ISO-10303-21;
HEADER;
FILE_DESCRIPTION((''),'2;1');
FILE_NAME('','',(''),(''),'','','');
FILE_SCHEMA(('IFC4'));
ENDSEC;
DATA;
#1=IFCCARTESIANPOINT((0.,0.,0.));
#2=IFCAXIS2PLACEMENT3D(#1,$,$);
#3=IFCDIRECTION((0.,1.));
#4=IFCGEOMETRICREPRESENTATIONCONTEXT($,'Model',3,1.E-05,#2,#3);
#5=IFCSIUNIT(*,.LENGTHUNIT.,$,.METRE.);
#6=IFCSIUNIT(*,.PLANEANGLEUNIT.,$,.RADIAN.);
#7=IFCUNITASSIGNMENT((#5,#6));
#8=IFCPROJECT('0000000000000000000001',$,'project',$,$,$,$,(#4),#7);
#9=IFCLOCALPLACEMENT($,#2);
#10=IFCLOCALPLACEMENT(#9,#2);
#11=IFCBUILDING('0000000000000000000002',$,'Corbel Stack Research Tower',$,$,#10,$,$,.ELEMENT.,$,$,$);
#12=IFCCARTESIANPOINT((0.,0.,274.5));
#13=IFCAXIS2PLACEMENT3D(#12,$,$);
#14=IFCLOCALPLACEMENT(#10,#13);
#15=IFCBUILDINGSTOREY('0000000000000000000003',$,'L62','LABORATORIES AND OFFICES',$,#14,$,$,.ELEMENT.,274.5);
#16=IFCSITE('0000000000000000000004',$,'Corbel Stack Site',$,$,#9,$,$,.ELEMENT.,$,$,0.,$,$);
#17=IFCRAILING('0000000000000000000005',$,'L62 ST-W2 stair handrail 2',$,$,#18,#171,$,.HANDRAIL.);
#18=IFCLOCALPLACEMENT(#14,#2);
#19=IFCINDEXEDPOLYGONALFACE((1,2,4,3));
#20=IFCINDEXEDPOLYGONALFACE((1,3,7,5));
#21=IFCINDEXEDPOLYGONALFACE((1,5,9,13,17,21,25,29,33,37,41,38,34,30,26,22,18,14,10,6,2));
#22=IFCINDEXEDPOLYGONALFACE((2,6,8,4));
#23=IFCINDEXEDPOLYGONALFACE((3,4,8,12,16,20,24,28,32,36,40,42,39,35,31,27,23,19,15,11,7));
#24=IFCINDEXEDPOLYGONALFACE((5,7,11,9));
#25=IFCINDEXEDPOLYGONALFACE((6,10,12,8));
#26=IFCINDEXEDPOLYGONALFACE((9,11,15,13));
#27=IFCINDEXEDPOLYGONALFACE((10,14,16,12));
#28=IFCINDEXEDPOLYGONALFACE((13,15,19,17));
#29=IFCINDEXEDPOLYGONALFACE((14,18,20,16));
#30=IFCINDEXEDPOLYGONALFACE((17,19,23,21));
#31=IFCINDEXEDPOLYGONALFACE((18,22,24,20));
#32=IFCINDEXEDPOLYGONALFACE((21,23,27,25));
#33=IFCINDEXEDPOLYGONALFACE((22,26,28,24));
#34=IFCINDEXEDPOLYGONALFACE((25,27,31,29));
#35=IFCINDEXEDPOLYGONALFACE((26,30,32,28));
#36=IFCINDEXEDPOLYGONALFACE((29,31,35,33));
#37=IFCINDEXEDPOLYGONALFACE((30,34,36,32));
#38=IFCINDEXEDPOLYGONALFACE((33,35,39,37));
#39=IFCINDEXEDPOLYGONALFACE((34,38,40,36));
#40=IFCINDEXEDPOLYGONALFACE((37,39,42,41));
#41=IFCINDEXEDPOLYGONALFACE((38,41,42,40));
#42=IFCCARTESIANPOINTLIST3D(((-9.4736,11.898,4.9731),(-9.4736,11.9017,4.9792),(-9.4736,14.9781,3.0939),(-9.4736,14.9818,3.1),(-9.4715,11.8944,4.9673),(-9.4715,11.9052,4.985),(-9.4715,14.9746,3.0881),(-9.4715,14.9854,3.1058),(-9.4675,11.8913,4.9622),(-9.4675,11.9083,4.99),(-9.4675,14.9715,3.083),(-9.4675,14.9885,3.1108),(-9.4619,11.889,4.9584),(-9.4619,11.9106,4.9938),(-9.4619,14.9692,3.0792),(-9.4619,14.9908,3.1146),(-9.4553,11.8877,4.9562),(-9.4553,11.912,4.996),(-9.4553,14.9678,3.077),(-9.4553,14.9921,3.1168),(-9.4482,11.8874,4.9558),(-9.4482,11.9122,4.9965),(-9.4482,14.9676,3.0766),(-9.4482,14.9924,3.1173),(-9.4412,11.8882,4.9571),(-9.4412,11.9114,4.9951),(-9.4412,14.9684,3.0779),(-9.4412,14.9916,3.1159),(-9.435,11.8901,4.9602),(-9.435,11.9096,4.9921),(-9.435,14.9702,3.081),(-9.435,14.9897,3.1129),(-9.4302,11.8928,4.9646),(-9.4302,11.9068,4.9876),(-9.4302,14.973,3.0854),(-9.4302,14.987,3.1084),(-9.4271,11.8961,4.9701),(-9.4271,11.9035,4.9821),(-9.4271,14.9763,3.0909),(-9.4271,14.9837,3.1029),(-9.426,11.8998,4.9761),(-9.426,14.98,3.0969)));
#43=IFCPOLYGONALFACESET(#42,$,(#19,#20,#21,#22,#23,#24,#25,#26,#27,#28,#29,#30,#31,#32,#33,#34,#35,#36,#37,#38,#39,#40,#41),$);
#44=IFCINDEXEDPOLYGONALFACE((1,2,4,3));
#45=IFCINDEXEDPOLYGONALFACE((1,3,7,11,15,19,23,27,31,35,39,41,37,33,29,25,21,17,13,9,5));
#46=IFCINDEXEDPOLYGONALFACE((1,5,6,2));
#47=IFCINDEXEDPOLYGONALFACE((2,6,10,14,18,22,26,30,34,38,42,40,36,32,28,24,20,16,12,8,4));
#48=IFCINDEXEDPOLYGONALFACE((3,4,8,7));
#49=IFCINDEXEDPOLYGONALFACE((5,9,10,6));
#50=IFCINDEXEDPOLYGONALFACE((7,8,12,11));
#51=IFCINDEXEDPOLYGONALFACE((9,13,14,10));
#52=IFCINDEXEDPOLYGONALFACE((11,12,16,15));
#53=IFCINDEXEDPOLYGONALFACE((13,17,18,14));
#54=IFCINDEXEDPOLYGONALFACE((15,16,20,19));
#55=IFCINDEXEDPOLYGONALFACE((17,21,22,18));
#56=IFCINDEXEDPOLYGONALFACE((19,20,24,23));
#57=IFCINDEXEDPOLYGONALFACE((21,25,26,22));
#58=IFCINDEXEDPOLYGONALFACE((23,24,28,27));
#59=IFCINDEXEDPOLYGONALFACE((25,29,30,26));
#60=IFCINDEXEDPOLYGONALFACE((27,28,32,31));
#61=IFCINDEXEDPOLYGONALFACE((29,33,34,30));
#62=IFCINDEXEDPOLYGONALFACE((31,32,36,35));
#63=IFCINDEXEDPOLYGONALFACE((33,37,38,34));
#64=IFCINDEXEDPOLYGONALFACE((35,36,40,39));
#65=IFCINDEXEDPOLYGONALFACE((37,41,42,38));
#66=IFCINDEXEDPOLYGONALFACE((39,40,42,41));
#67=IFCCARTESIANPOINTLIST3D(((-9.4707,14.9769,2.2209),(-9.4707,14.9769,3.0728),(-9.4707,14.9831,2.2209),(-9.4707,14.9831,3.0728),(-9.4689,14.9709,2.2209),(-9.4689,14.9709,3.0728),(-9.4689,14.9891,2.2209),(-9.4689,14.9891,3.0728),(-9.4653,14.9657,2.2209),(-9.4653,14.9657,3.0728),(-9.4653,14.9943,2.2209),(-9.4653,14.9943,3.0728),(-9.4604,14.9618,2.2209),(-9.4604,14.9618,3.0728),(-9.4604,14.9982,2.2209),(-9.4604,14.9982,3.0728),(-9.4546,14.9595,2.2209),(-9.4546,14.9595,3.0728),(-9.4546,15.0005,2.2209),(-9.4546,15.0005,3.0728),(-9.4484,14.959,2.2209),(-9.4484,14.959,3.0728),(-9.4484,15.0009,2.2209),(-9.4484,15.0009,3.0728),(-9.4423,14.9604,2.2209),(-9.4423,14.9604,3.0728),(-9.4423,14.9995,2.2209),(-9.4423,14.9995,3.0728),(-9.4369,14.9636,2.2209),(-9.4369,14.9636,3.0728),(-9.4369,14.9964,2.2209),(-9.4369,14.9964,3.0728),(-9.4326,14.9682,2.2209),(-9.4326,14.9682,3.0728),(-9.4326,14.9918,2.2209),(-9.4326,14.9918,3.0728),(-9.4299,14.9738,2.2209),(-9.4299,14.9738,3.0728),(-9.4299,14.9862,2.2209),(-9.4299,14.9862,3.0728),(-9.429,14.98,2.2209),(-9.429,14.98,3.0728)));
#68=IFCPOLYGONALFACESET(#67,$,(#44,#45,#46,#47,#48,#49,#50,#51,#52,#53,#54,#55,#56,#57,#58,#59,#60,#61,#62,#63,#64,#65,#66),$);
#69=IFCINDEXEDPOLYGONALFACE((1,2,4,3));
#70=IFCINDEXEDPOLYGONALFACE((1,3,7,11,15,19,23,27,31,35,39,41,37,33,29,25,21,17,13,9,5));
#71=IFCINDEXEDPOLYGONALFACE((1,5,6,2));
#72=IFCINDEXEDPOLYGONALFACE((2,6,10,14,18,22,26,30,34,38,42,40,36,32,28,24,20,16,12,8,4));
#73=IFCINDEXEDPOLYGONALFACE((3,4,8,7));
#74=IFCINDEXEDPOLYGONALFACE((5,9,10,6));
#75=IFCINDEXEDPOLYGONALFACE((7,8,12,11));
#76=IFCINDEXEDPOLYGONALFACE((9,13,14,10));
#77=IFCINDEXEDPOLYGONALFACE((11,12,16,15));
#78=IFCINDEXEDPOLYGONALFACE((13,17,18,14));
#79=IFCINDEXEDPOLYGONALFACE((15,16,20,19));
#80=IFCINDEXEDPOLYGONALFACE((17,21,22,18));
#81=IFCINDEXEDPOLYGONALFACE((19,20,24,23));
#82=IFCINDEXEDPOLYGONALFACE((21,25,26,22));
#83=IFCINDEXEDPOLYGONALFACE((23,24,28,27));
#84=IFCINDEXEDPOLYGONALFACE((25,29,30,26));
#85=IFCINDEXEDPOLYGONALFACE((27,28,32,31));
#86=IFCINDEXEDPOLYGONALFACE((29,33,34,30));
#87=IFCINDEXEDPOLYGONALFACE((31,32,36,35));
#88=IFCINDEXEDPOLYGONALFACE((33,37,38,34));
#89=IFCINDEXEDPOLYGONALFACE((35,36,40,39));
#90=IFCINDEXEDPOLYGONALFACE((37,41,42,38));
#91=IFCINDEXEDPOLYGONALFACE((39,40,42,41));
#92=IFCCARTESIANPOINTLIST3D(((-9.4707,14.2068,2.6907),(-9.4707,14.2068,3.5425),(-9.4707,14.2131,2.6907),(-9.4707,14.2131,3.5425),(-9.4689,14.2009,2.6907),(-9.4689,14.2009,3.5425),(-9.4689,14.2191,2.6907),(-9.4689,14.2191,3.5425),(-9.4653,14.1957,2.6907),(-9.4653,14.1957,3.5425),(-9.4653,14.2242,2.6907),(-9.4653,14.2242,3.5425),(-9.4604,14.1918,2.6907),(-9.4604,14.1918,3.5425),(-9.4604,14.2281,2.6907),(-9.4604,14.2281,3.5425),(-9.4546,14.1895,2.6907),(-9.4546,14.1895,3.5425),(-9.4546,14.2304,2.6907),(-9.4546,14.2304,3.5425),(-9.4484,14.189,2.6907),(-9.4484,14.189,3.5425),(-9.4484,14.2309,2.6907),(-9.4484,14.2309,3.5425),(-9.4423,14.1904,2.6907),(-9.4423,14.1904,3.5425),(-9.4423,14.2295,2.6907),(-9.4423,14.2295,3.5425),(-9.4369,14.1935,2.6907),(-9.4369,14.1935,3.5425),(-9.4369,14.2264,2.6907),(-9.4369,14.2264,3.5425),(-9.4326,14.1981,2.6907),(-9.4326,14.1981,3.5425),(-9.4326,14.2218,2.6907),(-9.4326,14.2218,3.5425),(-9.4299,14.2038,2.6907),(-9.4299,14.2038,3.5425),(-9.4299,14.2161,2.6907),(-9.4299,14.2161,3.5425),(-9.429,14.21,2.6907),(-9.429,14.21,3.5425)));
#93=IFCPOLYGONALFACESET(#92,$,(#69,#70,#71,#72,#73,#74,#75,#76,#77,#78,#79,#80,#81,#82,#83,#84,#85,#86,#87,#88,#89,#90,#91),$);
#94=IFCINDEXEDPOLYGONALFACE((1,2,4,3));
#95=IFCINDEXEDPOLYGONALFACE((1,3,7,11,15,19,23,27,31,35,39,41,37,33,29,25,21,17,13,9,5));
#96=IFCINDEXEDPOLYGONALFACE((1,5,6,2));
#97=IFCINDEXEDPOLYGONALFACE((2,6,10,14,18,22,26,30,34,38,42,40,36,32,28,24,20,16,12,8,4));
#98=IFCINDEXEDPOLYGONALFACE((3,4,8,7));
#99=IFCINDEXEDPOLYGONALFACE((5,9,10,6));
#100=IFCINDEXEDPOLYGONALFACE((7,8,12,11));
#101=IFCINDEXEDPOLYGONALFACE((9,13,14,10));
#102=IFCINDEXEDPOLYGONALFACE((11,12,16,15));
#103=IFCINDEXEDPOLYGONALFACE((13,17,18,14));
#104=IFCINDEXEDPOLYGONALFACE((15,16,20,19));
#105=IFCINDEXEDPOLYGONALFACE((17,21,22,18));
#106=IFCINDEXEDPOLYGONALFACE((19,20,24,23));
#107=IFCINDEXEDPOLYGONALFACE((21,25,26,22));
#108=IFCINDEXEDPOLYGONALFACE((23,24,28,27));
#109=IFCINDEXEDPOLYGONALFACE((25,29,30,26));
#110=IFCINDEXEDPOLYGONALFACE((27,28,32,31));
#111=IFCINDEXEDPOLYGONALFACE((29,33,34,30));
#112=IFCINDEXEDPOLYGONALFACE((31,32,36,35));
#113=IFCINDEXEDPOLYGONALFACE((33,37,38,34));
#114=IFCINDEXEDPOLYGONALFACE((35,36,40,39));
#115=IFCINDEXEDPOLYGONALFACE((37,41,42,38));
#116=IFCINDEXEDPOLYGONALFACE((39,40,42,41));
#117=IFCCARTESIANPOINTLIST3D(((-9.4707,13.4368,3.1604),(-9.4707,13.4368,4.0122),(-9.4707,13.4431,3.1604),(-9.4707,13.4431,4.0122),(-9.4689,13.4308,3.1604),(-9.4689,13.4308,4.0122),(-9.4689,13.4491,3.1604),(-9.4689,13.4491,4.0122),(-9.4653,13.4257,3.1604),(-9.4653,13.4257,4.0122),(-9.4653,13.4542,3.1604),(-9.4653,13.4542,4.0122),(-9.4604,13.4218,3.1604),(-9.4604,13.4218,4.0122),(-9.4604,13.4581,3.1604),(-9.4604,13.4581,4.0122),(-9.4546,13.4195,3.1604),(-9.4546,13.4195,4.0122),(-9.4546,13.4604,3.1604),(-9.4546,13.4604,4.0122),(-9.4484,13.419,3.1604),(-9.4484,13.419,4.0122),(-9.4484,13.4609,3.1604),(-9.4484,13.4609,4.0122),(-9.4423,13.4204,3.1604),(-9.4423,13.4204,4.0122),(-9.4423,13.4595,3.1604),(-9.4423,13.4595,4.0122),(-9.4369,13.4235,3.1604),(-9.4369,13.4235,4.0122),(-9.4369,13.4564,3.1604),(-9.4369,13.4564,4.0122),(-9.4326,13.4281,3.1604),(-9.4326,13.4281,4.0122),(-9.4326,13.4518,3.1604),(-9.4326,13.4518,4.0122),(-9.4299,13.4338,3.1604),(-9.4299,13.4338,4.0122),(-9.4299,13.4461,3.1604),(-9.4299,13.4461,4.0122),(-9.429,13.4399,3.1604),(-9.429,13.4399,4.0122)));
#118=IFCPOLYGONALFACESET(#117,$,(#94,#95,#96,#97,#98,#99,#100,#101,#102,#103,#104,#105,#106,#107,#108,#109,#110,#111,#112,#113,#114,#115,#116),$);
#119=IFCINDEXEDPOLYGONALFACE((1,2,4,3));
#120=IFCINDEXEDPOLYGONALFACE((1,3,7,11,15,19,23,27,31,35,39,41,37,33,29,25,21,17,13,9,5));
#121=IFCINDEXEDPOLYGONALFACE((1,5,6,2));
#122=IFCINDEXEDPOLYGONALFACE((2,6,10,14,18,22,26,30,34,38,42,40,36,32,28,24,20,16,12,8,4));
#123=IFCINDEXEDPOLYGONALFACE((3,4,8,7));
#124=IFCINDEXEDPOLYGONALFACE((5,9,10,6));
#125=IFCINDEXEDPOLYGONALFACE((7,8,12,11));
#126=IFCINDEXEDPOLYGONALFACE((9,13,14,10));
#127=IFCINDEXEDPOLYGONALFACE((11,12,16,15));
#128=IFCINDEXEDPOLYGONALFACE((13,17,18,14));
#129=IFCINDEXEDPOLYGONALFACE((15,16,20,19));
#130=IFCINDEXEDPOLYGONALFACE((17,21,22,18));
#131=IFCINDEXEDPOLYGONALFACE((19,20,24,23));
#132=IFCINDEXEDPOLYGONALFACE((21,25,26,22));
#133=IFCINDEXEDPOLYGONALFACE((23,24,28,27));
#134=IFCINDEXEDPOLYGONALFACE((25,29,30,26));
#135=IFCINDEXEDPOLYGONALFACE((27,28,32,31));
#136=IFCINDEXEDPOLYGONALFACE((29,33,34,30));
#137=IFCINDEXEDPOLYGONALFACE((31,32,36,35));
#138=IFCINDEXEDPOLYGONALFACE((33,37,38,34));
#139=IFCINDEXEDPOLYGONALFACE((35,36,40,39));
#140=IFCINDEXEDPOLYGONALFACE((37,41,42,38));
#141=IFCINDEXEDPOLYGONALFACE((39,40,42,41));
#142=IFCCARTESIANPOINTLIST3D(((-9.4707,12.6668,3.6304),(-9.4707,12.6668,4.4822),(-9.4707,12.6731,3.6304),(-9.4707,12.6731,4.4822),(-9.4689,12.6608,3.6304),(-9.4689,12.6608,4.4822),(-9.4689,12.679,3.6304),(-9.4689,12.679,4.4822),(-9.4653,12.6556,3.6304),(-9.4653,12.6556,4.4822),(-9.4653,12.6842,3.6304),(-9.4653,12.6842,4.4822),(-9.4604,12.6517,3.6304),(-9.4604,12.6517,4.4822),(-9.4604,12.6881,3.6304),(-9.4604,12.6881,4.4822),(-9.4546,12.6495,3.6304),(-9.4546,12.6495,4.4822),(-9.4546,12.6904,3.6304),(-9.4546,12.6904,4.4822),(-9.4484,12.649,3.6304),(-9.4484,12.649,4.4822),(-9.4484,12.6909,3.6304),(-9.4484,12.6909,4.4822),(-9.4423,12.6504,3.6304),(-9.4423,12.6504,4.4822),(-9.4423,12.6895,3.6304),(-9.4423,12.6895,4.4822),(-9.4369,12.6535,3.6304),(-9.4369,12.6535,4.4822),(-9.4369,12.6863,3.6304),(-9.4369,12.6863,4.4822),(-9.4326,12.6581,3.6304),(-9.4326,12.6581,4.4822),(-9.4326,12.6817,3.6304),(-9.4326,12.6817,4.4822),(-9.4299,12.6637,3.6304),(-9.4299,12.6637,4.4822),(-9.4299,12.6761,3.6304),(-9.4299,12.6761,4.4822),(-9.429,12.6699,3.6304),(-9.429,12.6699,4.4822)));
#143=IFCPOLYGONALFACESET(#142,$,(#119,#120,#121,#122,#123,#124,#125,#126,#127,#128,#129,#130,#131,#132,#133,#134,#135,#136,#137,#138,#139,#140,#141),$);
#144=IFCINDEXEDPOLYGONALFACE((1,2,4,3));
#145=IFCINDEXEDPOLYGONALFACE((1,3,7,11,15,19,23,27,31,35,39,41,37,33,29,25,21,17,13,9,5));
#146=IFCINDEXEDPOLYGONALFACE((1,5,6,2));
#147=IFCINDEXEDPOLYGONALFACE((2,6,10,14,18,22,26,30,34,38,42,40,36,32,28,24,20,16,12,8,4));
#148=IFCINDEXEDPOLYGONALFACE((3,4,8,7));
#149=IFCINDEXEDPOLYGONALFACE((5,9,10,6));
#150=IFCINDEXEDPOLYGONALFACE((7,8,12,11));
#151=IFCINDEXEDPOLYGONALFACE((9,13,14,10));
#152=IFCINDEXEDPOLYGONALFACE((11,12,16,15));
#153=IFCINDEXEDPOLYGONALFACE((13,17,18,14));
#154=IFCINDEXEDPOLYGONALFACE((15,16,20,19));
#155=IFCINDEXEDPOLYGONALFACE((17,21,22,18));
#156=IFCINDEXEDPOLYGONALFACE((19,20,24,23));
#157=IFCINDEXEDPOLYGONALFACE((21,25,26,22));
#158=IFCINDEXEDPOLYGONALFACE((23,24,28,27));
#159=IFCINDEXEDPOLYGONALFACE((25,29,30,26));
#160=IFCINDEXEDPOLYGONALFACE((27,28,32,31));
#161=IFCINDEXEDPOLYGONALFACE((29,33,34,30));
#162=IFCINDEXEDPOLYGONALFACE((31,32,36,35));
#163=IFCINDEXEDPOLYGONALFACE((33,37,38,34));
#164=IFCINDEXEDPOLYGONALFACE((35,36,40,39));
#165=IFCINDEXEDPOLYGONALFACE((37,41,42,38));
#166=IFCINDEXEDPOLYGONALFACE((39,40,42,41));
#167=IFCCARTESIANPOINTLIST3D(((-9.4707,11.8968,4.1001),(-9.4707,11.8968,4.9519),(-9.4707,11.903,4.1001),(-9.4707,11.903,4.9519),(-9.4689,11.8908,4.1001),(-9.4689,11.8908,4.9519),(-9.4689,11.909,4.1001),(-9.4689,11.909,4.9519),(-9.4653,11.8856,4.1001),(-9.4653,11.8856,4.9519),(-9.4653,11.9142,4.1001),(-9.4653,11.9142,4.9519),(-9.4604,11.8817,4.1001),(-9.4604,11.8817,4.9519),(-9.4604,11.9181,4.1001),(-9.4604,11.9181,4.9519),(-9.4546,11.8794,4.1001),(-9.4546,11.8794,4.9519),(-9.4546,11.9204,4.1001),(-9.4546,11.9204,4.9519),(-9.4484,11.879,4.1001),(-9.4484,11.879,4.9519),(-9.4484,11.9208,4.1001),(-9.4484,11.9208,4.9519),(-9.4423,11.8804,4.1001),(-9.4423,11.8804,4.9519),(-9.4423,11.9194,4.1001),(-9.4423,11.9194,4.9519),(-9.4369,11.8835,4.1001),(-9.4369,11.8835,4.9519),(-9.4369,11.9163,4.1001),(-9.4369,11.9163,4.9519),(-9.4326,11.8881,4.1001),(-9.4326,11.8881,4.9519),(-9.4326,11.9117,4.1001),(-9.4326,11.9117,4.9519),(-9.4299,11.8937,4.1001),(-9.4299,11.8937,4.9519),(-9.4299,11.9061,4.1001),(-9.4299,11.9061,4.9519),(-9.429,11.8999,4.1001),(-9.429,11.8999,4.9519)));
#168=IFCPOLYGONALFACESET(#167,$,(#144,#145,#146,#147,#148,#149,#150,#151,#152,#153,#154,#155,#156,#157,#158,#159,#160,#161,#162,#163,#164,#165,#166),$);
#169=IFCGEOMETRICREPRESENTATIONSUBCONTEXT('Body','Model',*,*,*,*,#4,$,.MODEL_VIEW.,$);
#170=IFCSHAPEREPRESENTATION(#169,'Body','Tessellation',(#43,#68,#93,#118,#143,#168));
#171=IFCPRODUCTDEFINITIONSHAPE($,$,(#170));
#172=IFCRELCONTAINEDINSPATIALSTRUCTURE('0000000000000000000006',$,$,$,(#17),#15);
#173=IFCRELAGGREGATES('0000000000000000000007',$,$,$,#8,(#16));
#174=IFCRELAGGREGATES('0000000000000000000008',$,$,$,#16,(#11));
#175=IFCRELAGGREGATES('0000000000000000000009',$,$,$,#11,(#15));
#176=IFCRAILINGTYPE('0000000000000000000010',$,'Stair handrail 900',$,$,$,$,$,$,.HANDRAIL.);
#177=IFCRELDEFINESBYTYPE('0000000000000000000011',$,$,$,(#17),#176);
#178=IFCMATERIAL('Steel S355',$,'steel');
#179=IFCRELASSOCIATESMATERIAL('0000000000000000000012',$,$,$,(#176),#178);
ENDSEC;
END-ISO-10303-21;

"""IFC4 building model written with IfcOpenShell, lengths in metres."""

from ifc_helpers import new_model, si_unit, direction, frame, origin, origin_2d, place, context, subcontext, project, spatial, circle, extrude, material, type_object, element, save


model = new_model("IFC4")

# Units and contexts
model_context = context("Model", 3, precision=1e-05, world=origin(), true_north=direction((0.0, 1.0)))
body_context = subcontext(model_context, "Body", "Model", "MODEL_VIEW")
ifc_project = project(units=[si_unit("LENGTHUNIT", "METRE"), si_unit("PLANEANGLEUNIT", "RADIAN")], contexts=[model_context])

# Site, building, storey
site_placement = place(None, origin())
site = spatial("IfcSite", under=ifc_project, at=site_placement, Name="Corbel Stack Site", CompositionType="ELEMENT", RefElevation=0.0)
building_placement = place(site_placement, origin())
building = spatial("IfcBuilding", under=site, at=building_placement, Name="Corbel Stack Research Tower", CompositionType="ELEMENT")
storey_placement = place(building_placement, frame((0.0, 0.0, 274.5)))
storey = spatial("IfcBuildingStorey", under=building, at=storey_placement, Name="L62", Description="LABORATORIES AND OFFICES", CompositionType="ELEMENT", Elevation=274.5)

# Railing
ifc_material_1 = material(Name="Steel S355", Category="steel")
railing_type_1 = type_object("IfcRailingType", Name="Stair handrail 900", PredefinedType="HANDRAIL", material=ifc_material_1)
railing_1_placement = place(storey_placement, frame((-9.45, 14.98, 2.2209)))
element("IfcRailing", 1, at=railing_1_placement, inside=storey, type_object=railing_type_1, Name="L62 ST-W2 stair handrail 2", PredefinedType="HANDRAIL", context=body_context, shape_type="SweptSolid", body=[
    extrude(circle(Radius=0.0239, at=origin_2d()), frame((0.0, 0.0, 0.876), z_axis=(0.0, -0.853666, 0.52082), x_axis=(1.0, 0.0, 0.0)), (0.0, 0.0, 1.0), 3.6082),
    extrude(circle(Radius=0.021, at=origin_2d()), origin(), (0.0, 0.0, 1.0), 0.8518),
    extrude(circle(Radius=0.021, at=origin_2d()), frame((0.0, -0.77, 0.4697)), (0.0, 0.0, 1.0), 0.8518),
    extrude(circle(Radius=0.021, at=origin_2d()), frame((0.0, -1.54, 0.9395)), (0.0, 0.0, 1.0), 0.8518),
    extrude(circle(Radius=0.021, at=origin_2d()), frame((0.0, -2.3101, 1.4094)), (0.0, 0.0, 1.0), 0.8518),
    extrude(circle(Radius=0.021, at=origin_2d()), frame((0.0, -3.0801, 1.8792)), (0.0, 0.0, 1.0), 0.8518),
])

save(model, "model.ifc")
